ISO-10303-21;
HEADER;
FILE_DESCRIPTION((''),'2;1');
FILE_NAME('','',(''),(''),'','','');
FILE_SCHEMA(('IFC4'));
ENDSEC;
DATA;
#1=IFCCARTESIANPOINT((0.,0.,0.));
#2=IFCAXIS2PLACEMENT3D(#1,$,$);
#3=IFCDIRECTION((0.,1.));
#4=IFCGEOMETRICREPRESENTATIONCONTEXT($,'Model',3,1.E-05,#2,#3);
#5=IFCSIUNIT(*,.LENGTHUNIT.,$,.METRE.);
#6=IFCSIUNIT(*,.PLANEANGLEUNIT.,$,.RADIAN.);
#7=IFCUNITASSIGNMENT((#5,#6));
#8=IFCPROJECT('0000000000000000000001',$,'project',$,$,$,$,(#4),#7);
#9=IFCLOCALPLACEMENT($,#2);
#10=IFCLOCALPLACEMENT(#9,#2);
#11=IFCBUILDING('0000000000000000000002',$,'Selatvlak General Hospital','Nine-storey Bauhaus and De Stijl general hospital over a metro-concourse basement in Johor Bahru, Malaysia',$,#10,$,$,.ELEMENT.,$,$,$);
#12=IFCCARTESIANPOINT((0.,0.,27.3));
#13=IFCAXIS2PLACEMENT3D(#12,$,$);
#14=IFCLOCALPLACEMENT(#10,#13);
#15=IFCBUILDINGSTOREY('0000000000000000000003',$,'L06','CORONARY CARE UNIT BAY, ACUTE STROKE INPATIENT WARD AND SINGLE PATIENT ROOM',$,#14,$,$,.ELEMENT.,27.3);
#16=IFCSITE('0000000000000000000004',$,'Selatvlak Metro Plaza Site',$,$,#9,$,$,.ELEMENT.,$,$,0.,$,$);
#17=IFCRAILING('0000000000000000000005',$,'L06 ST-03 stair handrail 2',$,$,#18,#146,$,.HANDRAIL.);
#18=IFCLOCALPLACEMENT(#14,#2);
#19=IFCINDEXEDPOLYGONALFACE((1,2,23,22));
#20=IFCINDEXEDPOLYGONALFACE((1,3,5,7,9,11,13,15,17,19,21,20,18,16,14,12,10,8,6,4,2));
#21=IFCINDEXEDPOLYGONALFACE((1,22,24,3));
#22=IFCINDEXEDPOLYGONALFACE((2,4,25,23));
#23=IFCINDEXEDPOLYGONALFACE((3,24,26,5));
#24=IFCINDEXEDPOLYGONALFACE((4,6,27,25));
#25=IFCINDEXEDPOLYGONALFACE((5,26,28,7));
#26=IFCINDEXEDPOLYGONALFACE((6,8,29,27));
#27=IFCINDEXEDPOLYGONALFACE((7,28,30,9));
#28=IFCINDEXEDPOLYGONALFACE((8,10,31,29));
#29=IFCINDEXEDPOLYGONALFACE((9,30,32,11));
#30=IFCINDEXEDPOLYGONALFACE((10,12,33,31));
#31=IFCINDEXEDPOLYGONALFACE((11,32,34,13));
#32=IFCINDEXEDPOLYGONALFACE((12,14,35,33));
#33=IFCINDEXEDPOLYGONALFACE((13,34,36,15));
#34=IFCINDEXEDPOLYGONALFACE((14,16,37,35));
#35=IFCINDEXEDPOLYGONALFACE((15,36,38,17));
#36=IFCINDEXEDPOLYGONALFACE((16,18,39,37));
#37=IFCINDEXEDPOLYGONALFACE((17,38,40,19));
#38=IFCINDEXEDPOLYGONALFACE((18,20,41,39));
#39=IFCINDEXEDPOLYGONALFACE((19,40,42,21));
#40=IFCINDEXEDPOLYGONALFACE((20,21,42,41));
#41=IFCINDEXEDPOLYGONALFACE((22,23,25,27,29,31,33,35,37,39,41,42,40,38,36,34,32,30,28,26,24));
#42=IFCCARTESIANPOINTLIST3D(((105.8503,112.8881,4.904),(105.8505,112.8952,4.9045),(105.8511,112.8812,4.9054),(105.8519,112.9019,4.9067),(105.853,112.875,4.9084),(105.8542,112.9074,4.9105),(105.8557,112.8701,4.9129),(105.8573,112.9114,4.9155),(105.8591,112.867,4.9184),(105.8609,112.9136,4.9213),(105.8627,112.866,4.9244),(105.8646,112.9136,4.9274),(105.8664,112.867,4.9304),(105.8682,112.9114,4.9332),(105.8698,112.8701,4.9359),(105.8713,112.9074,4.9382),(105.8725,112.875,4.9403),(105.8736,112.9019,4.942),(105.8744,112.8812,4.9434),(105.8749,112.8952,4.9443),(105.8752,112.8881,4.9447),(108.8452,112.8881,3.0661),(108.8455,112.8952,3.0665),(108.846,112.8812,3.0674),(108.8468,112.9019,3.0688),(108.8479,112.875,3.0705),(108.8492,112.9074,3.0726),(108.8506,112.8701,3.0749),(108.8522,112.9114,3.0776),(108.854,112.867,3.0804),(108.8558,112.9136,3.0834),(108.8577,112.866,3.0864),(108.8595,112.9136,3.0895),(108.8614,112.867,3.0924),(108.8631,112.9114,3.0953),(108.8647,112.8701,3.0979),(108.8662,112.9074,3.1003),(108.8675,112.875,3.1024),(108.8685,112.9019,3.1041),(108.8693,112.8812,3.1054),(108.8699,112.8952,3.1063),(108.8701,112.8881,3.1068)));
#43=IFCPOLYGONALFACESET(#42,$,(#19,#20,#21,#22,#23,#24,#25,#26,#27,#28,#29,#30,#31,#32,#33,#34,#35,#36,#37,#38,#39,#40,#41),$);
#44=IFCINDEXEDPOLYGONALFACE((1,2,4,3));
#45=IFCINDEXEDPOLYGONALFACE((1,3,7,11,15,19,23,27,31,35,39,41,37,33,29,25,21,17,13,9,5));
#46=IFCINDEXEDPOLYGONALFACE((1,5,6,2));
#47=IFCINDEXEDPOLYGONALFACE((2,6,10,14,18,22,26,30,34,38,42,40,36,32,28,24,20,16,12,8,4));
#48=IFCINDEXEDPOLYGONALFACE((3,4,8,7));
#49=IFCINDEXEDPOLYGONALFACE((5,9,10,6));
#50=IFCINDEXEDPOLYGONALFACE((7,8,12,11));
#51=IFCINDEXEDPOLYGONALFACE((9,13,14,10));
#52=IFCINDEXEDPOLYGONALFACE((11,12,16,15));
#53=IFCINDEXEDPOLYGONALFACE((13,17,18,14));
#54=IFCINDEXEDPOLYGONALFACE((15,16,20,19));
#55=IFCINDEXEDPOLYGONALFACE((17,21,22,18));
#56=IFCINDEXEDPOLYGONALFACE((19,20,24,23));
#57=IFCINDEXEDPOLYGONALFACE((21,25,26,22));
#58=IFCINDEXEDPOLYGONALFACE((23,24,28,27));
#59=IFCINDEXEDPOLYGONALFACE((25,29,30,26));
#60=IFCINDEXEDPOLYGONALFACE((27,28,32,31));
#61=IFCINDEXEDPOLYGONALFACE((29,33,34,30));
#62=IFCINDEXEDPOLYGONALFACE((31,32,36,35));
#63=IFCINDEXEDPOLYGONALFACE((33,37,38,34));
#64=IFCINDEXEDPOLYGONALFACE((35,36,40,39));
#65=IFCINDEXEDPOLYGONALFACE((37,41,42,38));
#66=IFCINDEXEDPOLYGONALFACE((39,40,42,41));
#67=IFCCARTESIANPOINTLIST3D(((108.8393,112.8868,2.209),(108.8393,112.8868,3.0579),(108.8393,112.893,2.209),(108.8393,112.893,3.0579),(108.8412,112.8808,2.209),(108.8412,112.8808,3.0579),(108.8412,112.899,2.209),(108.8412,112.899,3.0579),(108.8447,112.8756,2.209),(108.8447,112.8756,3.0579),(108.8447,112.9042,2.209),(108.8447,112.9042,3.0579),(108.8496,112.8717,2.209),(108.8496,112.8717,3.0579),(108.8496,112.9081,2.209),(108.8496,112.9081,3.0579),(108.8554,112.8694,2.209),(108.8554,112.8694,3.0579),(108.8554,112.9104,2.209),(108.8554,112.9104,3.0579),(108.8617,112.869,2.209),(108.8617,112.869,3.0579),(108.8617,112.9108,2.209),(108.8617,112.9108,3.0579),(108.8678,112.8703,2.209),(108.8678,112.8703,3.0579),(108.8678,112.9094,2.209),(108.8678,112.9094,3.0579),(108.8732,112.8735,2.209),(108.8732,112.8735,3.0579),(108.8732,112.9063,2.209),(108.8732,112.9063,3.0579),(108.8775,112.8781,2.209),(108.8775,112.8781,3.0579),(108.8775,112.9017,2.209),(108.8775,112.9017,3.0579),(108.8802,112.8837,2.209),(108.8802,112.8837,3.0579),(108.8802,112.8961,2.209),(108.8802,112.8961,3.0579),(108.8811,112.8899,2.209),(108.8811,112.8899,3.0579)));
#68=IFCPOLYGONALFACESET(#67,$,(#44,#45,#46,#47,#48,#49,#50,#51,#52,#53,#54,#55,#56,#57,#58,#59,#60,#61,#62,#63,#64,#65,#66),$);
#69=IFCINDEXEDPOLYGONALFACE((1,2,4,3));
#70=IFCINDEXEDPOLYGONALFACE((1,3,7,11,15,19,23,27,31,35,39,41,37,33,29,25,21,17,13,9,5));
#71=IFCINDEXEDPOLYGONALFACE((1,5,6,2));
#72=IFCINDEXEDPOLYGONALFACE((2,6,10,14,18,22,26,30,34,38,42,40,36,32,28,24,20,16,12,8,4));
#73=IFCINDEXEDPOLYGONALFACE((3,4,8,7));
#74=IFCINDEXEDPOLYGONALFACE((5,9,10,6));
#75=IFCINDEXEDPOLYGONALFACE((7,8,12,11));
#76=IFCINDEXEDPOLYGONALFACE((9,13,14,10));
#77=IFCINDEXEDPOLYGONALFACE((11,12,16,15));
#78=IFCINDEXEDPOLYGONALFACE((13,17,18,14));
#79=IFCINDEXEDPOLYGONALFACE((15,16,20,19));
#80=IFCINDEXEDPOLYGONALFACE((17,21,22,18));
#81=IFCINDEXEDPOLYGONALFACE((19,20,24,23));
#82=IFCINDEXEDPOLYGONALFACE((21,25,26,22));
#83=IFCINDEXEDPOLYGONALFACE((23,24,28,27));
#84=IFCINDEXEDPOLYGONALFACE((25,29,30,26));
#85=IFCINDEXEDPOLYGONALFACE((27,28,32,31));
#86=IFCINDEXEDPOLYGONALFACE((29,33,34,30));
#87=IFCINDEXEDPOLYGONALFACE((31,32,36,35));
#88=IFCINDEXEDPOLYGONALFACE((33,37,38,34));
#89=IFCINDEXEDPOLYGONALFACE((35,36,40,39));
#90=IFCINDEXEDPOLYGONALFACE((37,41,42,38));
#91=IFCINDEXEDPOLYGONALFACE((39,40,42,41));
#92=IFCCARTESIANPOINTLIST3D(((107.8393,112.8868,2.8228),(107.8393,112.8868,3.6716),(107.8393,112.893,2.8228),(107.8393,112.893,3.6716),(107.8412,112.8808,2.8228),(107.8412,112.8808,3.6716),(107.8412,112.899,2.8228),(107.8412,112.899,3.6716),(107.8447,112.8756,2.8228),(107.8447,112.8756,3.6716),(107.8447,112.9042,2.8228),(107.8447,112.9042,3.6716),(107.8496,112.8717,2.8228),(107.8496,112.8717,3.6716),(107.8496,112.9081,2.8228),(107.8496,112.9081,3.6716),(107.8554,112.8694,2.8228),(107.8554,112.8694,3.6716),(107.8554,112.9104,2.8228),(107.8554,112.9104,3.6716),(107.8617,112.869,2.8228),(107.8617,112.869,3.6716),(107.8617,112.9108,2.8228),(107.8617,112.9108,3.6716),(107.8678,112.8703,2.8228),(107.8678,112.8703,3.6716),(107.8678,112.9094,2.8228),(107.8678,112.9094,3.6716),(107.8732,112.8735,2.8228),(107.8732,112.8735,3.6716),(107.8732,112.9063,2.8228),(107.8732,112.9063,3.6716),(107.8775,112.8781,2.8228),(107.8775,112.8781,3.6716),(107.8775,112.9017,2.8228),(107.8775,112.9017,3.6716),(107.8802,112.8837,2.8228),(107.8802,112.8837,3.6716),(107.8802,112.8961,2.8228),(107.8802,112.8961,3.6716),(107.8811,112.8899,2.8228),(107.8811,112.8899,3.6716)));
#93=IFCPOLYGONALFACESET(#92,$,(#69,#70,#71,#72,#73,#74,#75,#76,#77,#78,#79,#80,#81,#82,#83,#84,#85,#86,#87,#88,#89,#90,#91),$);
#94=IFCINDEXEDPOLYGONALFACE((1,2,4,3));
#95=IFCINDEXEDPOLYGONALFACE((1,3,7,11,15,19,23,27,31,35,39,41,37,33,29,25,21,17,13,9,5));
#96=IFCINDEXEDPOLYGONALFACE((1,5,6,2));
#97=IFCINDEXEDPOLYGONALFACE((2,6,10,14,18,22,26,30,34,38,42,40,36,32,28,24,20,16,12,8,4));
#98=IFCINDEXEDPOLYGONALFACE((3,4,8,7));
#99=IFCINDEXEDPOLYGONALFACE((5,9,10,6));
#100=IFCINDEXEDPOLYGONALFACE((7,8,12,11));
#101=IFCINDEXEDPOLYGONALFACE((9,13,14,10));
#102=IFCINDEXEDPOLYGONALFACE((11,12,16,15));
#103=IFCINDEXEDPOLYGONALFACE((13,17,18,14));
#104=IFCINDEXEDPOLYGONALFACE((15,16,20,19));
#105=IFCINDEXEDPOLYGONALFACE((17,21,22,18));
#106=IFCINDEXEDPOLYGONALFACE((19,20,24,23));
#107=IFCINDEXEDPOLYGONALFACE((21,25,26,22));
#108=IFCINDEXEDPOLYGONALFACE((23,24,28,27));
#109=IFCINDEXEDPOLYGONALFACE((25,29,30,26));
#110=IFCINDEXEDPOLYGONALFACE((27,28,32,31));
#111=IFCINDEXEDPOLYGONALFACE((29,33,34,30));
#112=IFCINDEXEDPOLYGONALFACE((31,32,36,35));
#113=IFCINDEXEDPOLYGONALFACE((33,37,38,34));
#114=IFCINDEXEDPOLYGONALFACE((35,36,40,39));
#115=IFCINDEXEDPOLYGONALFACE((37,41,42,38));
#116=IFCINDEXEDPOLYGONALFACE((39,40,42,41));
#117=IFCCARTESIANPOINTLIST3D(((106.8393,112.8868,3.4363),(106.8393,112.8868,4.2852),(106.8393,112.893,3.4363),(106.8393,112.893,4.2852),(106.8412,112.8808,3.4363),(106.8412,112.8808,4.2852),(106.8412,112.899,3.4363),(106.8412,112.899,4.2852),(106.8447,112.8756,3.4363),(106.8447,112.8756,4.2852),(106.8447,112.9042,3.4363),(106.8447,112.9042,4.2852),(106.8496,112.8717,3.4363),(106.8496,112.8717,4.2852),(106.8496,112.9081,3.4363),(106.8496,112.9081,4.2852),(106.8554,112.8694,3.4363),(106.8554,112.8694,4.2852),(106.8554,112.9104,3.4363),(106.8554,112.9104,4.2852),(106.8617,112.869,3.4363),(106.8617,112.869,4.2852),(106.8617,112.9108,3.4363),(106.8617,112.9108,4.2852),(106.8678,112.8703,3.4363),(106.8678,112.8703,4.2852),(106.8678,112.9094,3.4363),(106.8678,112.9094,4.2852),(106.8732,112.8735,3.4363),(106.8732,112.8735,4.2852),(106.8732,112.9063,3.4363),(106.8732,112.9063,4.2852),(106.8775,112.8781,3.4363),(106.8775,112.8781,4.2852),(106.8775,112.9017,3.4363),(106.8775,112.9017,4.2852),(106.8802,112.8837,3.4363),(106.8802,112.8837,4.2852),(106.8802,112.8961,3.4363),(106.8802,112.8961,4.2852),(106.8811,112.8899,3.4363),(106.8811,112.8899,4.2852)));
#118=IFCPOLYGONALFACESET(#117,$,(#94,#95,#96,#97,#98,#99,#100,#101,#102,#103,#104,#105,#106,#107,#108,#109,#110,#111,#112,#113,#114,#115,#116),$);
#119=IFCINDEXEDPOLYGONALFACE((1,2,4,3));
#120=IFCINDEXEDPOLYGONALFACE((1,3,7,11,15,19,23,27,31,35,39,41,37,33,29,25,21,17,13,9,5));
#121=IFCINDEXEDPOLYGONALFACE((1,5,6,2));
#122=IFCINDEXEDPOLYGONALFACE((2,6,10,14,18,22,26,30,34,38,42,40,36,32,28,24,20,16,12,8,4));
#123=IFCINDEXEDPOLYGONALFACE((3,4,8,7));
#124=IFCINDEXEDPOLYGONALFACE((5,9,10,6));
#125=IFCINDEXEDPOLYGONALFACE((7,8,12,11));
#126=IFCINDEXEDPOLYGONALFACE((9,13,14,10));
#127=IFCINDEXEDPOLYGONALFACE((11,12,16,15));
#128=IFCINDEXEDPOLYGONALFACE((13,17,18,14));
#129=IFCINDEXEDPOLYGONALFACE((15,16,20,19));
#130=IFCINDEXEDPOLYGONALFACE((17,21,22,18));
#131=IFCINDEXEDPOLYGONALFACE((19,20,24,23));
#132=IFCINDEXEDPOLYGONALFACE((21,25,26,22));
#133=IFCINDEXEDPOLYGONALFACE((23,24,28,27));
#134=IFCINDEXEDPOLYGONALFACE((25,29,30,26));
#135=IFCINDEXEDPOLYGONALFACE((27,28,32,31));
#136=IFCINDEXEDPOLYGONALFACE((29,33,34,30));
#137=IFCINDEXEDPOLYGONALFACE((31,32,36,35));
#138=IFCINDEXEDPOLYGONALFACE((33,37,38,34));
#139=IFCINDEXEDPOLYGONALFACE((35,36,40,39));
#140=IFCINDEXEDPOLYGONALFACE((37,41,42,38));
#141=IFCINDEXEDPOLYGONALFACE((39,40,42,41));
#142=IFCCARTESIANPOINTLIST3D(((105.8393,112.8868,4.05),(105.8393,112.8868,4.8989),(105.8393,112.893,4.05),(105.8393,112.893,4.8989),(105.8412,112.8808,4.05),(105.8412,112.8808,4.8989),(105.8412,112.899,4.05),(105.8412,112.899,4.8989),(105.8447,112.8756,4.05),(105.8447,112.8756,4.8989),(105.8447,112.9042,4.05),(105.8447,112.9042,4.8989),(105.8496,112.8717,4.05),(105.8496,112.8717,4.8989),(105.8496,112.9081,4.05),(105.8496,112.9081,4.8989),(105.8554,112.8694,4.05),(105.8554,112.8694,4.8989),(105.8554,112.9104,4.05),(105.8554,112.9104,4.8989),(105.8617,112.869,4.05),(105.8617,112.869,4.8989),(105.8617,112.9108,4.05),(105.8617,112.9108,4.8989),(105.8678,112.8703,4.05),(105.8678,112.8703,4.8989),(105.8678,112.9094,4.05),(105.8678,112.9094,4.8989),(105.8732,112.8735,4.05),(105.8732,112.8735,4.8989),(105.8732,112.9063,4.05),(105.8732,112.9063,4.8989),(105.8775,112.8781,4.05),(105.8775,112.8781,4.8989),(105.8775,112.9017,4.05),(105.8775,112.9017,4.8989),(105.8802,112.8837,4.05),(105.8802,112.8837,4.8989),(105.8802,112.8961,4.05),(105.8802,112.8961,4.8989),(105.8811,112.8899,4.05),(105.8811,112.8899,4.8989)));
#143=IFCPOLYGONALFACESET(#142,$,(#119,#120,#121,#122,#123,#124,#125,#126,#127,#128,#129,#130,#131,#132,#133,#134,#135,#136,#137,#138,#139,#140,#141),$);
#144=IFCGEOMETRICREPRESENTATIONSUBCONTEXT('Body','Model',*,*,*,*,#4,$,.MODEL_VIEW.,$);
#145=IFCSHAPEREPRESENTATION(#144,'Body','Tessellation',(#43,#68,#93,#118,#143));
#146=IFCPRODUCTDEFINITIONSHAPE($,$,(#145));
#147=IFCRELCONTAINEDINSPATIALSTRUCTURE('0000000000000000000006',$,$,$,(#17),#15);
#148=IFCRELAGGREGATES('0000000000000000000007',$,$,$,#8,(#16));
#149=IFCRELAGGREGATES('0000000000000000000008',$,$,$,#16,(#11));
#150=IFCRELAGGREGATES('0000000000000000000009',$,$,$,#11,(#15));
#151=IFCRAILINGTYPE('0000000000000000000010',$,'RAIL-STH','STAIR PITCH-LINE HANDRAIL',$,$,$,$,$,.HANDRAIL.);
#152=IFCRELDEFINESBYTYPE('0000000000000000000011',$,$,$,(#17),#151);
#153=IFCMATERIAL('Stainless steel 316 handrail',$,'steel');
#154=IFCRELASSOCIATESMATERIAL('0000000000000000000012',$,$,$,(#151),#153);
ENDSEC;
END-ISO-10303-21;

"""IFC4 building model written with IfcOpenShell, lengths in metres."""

from ifc_helpers import new_model, si_unit, direction, frame, origin, origin_2d, place, context, subcontext, project, spatial, circle, extrude, material, type_object, element, save


model = new_model("IFC4")

# Units and contexts
model_context = context("Model", 3, precision=1e-05, world=origin(), true_north=direction((0.0, 1.0)))
body_context = subcontext(model_context, "Body", "Model", "MODEL_VIEW")
ifc_project = project(units=[si_unit("LENGTHUNIT", "METRE"), si_unit("PLANEANGLEUNIT", "RADIAN")], contexts=[model_context])

# Site, building, storey
site_placement = place(None, origin())
site = spatial("IfcSite", under=ifc_project, at=site_placement, Name="Selatvlak Metro Plaza Site", CompositionType="ELEMENT", RefElevation=0.0)
building_placement = place(site_placement, origin())
building = spatial("IfcBuilding", under=site, at=building_placement, Name="Selatvlak General Hospital", Description="Nine-storey Bauhaus and De Stijl general hospital over a metro-concourse basement in Johor Bahru, Malaysia", CompositionType="ELEMENT")
storey_placement = place(building_placement, frame((0.0, 0.0, 27.3)))
storey = spatial("IfcBuildingStorey", under=building, at=storey_placement, Name="L06", Description="CORONARY CARE UNIT BAY, ACUTE STROKE INPATIENT WARD AND SINGLE PATIENT ROOM", CompositionType="ELEMENT", Elevation=27.3)

# Railing
ifc_material_1 = material(Name="Stainless steel 316 handrail", Category="steel")
railing_type_1 = type_object("IfcRailingType", Name="RAIL-STH", Description="STAIR PITCH-LINE HANDRAIL", PredefinedType="HANDRAIL", material=ifc_material_1)
railing_1_placement = place(storey_placement, frame((108.8601, 112.8899, 2.209)))
element("IfcRailing", 1, at=railing_1_placement, inside=storey, type_object=railing_type_1, Name="L06 ST-03 stair handrail 2", PredefinedType="HANDRAIL", context=body_context, shape_type="SweptSolid", body=[
    extrude(circle(Radius=0.0239, at=origin_2d()), frame((-0.0024, 0.0, 0.8774), z_axis=(-0.852303, 0.0, 0.523048), x_axis=(0.0, -1.0, 0.0)), (0.0, 0.0, 1.0), 3.5139),
    extrude(circle(Radius=0.021, at=origin_2d()), origin(), (0.0, 0.0, 1.0), 0.8489),
    extrude(circle(Radius=0.021, at=origin_2d()), frame((-1.0, 0.0, 0.6138)), (0.0, 0.0, 1.0), 0.8489),
    extrude(circle(Radius=0.021, at=origin_2d()), frame((-2.0, 0.0, 1.2273)), (0.0, 0.0, 1.0), 0.8489),
    extrude(circle(Radius=0.021, at=origin_2d()), frame((-3.0, 0.0, 1.8411)), (0.0, 0.0, 1.0), 0.8489),
])

save(model, "model.ifc")
